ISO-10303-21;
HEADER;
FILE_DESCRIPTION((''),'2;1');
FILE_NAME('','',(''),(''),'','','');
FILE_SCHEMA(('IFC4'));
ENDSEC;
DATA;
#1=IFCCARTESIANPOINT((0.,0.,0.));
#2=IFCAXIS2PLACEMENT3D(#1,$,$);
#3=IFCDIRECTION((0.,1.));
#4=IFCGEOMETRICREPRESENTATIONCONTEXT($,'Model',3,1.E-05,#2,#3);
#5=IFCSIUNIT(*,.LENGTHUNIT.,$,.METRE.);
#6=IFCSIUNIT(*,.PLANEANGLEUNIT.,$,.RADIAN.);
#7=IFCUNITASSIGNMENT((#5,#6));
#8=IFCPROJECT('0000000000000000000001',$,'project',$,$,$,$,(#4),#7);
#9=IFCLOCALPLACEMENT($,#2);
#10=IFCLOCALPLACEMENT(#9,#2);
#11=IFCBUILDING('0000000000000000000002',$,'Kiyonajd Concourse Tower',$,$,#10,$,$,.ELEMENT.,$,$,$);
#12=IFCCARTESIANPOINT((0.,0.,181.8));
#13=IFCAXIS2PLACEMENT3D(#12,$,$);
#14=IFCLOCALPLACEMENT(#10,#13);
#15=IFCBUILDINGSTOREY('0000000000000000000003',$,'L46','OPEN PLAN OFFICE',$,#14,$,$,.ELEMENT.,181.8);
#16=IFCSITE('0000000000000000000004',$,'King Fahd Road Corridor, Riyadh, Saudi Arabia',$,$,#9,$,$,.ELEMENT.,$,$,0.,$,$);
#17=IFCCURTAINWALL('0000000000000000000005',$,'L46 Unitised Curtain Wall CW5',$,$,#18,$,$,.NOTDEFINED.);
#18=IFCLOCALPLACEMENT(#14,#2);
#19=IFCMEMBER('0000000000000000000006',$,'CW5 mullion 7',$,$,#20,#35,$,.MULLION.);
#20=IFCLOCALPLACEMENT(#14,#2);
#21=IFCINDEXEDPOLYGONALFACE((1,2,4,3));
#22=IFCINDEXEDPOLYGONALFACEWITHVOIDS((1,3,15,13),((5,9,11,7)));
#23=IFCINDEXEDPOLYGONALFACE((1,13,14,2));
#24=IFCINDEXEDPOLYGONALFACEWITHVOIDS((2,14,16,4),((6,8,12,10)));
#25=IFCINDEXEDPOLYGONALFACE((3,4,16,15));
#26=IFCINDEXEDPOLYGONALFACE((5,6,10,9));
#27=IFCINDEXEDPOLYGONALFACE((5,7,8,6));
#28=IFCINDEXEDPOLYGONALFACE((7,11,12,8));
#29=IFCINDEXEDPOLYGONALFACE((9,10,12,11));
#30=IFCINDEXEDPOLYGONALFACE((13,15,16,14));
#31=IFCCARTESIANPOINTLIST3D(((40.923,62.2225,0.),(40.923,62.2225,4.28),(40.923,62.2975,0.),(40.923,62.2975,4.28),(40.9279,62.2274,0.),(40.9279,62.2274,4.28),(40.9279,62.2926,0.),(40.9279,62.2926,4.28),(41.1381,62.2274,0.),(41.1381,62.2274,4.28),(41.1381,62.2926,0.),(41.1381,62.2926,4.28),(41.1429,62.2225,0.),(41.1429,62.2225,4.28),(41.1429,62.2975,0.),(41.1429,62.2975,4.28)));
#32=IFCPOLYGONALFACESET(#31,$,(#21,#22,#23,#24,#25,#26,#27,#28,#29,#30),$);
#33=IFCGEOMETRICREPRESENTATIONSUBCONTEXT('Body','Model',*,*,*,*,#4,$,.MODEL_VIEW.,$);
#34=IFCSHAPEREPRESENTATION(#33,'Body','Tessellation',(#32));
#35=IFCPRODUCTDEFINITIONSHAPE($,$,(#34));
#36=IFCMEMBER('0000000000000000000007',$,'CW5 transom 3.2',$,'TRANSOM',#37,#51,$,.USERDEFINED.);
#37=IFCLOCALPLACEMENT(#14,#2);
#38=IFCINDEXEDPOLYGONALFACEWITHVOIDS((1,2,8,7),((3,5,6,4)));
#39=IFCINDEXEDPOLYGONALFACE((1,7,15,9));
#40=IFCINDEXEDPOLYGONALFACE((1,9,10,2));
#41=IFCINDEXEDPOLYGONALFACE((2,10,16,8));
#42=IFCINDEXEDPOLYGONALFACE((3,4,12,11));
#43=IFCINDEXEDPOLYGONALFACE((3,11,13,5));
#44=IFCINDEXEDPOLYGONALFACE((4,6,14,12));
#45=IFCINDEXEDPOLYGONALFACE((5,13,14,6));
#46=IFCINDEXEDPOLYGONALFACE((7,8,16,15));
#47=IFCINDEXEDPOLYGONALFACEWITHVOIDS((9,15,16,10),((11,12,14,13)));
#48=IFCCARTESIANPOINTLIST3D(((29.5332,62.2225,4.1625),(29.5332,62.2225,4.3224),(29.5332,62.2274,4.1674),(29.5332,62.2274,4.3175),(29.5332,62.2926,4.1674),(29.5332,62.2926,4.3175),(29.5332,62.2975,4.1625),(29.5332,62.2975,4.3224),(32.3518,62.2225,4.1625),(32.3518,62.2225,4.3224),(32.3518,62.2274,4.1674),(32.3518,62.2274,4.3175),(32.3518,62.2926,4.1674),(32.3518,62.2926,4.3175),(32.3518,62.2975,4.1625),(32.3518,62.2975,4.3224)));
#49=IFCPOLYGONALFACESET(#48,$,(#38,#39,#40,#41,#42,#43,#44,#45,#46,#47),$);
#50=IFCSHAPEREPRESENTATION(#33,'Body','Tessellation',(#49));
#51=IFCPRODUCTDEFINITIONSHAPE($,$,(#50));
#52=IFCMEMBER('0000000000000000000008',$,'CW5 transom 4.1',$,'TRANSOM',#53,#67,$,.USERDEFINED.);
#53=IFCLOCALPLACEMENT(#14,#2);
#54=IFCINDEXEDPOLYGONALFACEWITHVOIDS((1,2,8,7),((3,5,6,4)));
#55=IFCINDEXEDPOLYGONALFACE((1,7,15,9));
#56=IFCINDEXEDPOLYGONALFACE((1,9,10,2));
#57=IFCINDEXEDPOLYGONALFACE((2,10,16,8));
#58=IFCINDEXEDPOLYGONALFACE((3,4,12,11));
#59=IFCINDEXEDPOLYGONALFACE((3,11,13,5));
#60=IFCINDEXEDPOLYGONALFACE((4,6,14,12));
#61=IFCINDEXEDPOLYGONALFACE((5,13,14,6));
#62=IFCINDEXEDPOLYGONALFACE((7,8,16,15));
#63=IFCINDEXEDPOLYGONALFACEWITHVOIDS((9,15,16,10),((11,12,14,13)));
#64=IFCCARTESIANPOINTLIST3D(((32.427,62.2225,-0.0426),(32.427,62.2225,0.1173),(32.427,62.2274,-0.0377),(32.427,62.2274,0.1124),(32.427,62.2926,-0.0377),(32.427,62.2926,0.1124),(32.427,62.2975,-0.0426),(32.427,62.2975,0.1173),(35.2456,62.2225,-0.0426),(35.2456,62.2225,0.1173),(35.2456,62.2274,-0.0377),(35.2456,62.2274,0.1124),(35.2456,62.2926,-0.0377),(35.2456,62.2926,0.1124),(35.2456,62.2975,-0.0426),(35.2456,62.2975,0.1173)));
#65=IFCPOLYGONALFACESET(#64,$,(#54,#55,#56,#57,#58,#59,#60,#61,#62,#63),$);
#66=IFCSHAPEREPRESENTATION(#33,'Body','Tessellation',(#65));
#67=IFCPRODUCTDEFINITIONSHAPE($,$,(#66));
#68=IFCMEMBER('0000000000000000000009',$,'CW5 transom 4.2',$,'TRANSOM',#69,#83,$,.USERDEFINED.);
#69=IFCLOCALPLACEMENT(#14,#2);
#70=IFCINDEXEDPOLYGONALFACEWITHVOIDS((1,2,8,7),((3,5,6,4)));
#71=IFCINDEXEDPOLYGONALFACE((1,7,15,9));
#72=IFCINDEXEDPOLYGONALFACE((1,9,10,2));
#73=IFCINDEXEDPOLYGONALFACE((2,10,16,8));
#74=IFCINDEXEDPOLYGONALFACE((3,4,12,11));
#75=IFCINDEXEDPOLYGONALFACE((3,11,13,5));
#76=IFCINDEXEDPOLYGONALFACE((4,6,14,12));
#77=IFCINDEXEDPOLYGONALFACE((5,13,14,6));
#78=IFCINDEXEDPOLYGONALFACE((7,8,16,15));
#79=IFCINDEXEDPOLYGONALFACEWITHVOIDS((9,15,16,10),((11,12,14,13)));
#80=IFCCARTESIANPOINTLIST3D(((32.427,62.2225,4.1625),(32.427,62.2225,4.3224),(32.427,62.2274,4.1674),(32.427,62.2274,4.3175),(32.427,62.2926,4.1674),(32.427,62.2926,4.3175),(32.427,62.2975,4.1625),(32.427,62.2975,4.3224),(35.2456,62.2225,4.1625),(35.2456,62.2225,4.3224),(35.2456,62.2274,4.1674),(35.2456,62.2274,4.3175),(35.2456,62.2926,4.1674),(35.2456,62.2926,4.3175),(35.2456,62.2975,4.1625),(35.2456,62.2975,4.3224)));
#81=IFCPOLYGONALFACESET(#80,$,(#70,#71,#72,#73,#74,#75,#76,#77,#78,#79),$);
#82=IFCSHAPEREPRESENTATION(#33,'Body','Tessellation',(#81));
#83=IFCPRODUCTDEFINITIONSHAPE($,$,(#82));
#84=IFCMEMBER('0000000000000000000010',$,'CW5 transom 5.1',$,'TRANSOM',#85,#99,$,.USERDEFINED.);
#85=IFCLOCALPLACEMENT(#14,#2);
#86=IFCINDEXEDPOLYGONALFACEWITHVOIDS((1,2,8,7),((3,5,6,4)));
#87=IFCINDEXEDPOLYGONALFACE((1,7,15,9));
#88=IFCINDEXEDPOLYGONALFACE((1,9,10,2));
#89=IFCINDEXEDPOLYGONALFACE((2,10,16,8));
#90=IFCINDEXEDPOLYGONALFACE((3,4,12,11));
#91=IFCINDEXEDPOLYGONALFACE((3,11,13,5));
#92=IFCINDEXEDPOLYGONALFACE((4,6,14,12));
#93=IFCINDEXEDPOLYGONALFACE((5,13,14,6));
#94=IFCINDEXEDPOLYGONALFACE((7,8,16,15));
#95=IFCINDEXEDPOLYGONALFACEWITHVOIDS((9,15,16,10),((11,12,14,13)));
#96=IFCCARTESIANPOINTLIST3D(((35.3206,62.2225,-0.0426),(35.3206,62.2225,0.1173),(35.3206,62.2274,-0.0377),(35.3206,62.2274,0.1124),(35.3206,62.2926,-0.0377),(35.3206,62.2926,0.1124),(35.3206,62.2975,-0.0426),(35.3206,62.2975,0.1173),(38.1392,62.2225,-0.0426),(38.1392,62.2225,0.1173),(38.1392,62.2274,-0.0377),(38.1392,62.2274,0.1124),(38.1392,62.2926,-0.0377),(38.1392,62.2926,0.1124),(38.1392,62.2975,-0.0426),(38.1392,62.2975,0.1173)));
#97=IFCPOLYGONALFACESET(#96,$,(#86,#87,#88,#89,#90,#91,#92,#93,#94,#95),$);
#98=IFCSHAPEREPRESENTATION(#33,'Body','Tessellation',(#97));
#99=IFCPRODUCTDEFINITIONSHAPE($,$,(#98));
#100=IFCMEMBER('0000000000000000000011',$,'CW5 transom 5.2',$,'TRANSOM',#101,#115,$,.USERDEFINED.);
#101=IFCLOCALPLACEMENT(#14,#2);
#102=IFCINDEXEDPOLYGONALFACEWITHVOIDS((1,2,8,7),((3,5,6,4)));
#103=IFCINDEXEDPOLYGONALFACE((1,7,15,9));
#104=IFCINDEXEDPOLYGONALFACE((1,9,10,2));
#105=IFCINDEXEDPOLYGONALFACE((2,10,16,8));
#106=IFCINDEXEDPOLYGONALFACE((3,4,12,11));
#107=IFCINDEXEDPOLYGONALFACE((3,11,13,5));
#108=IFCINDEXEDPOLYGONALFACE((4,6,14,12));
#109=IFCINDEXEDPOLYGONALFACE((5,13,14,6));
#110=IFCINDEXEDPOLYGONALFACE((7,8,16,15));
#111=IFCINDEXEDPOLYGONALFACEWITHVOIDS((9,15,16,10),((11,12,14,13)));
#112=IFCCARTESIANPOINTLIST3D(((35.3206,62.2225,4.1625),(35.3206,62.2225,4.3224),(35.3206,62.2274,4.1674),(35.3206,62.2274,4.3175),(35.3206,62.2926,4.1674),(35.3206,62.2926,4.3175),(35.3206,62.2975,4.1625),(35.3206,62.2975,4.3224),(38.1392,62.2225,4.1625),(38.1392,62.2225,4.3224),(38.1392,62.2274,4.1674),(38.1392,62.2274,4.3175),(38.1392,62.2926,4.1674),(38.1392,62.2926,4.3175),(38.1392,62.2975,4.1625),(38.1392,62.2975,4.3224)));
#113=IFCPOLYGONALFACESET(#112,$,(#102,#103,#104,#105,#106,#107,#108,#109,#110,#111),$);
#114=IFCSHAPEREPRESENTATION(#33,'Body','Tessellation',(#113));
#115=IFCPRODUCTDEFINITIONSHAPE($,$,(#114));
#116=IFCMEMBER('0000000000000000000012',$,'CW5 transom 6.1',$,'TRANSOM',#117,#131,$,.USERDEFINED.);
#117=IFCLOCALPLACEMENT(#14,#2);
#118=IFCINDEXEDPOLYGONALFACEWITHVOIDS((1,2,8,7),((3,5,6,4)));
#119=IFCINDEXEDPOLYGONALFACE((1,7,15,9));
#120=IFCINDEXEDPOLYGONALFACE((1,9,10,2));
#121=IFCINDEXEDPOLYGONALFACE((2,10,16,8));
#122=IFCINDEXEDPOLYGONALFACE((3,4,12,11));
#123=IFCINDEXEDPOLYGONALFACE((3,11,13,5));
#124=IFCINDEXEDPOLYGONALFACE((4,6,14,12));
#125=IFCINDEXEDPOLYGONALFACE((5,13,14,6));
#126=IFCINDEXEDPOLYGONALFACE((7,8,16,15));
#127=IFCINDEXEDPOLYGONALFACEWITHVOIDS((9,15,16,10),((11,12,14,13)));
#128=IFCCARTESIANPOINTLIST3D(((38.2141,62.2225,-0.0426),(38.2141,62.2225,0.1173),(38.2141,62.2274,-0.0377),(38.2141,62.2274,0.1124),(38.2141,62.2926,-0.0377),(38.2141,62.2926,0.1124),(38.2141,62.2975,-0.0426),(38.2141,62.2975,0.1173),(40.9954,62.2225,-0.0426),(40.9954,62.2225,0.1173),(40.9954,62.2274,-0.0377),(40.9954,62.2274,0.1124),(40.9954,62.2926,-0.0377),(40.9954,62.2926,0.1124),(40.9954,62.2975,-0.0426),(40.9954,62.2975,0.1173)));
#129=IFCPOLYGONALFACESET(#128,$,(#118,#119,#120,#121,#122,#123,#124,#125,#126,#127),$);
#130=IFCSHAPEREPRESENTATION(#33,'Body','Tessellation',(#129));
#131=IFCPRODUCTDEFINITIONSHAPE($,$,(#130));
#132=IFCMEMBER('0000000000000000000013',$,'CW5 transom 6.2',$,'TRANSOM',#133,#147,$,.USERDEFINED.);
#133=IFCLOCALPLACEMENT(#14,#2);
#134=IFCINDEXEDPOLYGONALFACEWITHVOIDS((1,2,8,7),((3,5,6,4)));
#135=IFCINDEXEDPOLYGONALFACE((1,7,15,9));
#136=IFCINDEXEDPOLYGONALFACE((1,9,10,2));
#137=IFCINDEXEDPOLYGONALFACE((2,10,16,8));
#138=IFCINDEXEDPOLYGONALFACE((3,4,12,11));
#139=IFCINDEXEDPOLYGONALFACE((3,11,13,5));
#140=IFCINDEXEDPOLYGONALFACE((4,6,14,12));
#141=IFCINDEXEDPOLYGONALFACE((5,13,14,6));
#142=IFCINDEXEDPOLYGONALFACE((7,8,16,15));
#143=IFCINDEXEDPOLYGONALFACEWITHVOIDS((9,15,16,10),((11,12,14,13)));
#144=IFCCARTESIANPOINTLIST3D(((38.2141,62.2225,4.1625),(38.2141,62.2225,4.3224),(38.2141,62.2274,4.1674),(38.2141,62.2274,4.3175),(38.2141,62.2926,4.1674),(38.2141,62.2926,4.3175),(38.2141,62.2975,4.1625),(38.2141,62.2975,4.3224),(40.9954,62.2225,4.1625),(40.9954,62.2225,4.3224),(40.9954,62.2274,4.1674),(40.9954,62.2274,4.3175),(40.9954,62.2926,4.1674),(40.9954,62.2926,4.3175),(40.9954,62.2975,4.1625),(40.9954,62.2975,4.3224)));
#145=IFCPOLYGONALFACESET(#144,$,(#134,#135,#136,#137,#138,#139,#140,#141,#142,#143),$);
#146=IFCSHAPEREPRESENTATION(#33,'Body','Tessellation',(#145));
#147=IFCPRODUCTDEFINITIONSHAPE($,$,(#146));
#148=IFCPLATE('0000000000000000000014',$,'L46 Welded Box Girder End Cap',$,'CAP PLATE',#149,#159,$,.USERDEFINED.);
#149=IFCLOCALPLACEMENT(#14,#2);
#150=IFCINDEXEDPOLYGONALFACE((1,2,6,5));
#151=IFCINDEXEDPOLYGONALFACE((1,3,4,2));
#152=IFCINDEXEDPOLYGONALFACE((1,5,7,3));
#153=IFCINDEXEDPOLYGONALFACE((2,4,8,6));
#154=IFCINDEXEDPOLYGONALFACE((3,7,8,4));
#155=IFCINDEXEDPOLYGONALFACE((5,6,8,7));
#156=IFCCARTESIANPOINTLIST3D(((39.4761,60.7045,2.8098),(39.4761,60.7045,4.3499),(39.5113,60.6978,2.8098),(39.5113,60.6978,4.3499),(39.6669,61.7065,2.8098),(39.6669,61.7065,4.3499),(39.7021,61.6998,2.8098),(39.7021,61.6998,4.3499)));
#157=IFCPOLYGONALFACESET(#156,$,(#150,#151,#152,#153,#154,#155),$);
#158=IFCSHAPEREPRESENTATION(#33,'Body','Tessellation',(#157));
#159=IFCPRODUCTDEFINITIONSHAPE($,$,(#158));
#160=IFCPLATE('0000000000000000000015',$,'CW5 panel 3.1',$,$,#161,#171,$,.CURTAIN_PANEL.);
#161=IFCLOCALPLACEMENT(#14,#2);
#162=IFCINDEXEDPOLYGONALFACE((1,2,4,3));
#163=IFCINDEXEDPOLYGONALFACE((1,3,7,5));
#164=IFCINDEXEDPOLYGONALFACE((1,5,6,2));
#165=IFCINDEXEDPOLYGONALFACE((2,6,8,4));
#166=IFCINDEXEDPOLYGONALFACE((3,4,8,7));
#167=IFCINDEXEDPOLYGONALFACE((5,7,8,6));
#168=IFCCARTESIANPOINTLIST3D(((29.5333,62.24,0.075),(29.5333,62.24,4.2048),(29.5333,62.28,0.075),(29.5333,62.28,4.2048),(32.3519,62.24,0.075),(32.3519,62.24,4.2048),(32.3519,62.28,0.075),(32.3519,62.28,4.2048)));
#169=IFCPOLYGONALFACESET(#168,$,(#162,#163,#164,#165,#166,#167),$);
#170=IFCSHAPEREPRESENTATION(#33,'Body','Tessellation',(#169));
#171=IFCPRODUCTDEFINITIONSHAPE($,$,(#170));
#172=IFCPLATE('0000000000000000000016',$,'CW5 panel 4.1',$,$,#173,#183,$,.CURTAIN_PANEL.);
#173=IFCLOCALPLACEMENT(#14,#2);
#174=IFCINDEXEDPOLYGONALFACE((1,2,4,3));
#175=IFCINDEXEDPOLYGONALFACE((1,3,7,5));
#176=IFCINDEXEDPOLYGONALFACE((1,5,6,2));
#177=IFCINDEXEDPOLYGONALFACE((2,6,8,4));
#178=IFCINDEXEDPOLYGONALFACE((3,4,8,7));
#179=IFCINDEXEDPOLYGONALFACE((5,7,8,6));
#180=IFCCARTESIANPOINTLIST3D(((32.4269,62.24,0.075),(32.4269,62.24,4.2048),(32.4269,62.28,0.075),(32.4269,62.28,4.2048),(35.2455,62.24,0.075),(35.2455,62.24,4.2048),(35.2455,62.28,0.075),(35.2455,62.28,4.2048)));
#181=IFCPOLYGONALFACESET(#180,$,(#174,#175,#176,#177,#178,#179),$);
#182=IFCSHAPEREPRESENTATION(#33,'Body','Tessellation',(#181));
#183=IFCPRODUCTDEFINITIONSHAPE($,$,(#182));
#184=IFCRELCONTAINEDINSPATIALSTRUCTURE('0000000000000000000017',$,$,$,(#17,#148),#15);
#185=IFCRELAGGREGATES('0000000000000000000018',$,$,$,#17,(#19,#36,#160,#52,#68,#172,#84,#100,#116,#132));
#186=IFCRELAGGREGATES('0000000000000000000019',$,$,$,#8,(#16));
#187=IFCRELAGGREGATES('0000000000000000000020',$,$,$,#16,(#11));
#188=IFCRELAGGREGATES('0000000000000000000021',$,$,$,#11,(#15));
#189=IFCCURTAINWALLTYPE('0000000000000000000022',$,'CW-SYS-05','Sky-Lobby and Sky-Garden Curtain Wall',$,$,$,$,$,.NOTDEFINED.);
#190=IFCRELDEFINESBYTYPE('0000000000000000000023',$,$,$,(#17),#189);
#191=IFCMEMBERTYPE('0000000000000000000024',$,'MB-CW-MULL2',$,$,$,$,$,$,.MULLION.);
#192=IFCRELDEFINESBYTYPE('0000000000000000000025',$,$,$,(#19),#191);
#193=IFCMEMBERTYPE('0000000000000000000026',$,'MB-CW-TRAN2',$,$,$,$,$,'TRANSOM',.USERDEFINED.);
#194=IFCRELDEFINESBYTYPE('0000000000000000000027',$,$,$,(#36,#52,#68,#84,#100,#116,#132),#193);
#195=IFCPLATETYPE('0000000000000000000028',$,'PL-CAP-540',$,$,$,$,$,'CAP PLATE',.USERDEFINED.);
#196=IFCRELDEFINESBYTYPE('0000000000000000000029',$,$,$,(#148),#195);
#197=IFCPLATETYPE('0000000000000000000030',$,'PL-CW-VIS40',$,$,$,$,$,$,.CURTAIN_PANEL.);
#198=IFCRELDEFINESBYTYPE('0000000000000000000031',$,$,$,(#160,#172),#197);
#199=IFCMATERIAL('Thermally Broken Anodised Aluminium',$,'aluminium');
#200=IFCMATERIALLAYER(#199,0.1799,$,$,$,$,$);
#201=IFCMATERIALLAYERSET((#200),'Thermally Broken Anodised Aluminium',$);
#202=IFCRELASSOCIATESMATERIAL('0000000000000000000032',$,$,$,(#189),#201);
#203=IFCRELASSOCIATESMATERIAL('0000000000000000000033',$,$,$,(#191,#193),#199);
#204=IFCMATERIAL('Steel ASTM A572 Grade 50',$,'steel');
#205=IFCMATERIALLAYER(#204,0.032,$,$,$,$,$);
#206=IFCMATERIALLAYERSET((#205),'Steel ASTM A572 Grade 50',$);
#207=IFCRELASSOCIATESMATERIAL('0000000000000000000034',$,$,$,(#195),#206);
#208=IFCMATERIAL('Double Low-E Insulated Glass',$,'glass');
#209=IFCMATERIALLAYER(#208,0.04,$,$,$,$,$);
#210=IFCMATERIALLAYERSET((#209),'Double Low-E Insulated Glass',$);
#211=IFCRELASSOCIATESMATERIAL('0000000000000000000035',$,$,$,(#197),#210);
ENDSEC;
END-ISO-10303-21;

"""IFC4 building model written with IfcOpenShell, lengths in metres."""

from ifc_helpers import new_model, si_unit, direction, frame, origin, origin_2d, place, context, subcontext, project, spatial, rectangle, hollow_rectangle, extrude, material, layer, layer_set, material_profile, profile_set, type_object, element, aggregate, save


model = new_model("IFC4")

# Units and contexts
model_context = context("Model", 3, precision=1e-05, world=origin(), true_north=direction((0.0, 1.0)))
body_context = subcontext(model_context, "Body", "Model", "MODEL_VIEW")
ifc_project = project(units=[si_unit("LENGTHUNIT", "METRE"), si_unit("PLANEANGLEUNIT", "RADIAN")], contexts=[model_context])

# Site, building, storey
site_placement = place(None, origin())
site = spatial("IfcSite", under=ifc_project, at=site_placement, Name="King Fahd Road Corridor, Riyadh, Saudi Arabia", CompositionType="ELEMENT", RefElevation=0.0)
building_placement = place(site_placement, origin())
building = spatial("IfcBuilding", under=site, at=building_placement, Name="Kiyonajd Concourse Tower", CompositionType="ELEMENT")
storey_placement = place(building_placement, frame((0.0, 0.0, 181.8)))
storey = spatial("IfcBuildingStorey", under=building, at=storey_placement, Name="L46", Description="OPEN PLAN OFFICE", CompositionType="ELEMENT", Elevation=181.8)

# Curtain wall, members
ifc_material_1 = material(Name="Thermally Broken Anodised Aluminium", Category="aluminium")
ifc_layer_1 = layer(ifc_material_1, 0.1799)
ifc_layer_set_1 = layer_set([ifc_layer_1], Name="Thermally Broken Anodised Aluminium")
curtain_wall_type = type_object("IfcCurtainWallType", Name="CW-SYS-05", Description="Sky-Lobby and Sky-Garden Curtain Wall", PredefinedType="NOTDEFINED", material=ifc_layer_set_1)
curtain_wall_placement = place(storey_placement, origin())
curtain_wall = element("IfcCurtainWall", 1, at=curtain_wall_placement, inside=storey, type_object=curtain_wall_type, Name="L46 Unitised Curtain Wall CW5", PredefinedType="NOTDEFINED")
ifc_material_profile_1 = material_profile(ifc_material_1, hollow_rectangle(XDim=0.075, YDim=0.22, WallThickness=0.0049, at=origin_2d()), Name="MULL-75x220")
ifc_profile_set_1 = profile_set([ifc_material_profile_1], Name="Thermally Broken Anodised Aluminium")
member_type_1 = type_object("IfcMemberType", Name="MB-CW-MULL2", PredefinedType="MULLION", material=ifc_profile_set_1)
member_1_placement = place(storey_placement, frame((41.033, 62.26, 0.0), z_axis=(0.0, 0.0, 1.0), x_axis=(0.0, 1.0, 0.0)))
member_1 = element("IfcMember", 2, at=member_1_placement, type_object=member_type_1, Name="CW5 mullion 7", PredefinedType="MULLION", context=body_context, shape_type="SweptSolid", body=[
    extrude(hollow_rectangle(XDim=0.075, YDim=0.22, WallThickness=0.0049, at=origin_2d()), origin(), (0.0, 0.0, 1.0), 4.28),
])
ifc_material_profile_2 = material_profile(ifc_material_1, hollow_rectangle(XDim=0.075, YDim=0.1599, WallThickness=0.0049, at=origin_2d()), Name="TRAN-75x160")
ifc_profile_set_2 = profile_set([ifc_material_profile_2], Name="Thermally Broken Anodised Aluminium")
member_type_2 = type_object("IfcMemberType", Name="MB-CW-TRAN2", ElementType="TRANSOM", PredefinedType="USERDEFINED", material=ifc_profile_set_2)
member_2_placement = place(storey_placement, frame((29.5332, 62.26, 4.2424), z_axis=(1.0, 0.0, 0.0), x_axis=(0.0, 1.0, 0.0)))
member_2 = element("IfcMember", 3, at=member_2_placement, type_object=member_type_2, Name="CW5 transom 3.2", ObjectType="TRANSOM", PredefinedType="USERDEFINED", context=body_context, shape_type="SweptSolid", body=[
    extrude(hollow_rectangle(XDim=0.075, YDim=0.1599, WallThickness=0.0049, at=origin_2d()), origin(), (0.0, 0.0, 1.0), 2.8186),
])
member_3_placement = place(storey_placement, frame((32.427, 62.26, 0.0374), z_axis=(1.0, 0.0, 0.0), x_axis=(0.0, 1.0, 0.0)))
member_3 = element("IfcMember", 4, at=member_3_placement, type_object=member_type_2, Name="CW5 transom 4.1", ObjectType="TRANSOM", PredefinedType="USERDEFINED", context=body_context, shape_type="SweptSolid", body=[
    extrude(hollow_rectangle(XDim=0.075, YDim=0.1599, WallThickness=0.0049, at=origin_2d()), origin(), (0.0, 0.0, 1.0), 2.8186),
])
member_4_placement = place(storey_placement, frame((32.427, 62.26, 4.2424), z_axis=(1.0, 0.0, 0.0), x_axis=(0.0, 1.0, 0.0)))
member_4 = element("IfcMember", 5, at=member_4_placement, type_object=member_type_2, Name="CW5 transom 4.2", ObjectType="TRANSOM", PredefinedType="USERDEFINED", context=body_context, shape_type="SweptSolid", body=[
    extrude(hollow_rectangle(XDim=0.075, YDim=0.1599, WallThickness=0.0049, at=origin_2d()), origin(), (0.0, 0.0, 1.0), 2.8186),
])
member_5_placement = place(storey_placement, frame((35.3206, 62.26, 0.0374), z_axis=(1.0, 0.0, 0.0), x_axis=(0.0, 1.0, 0.0)))
member_5 = element("IfcMember", 6, at=member_5_placement, type_object=member_type_2, Name="CW5 transom 5.1", ObjectType="TRANSOM", PredefinedType="USERDEFINED", context=body_context, shape_type="SweptSolid", body=[
    extrude(hollow_rectangle(XDim=0.075, YDim=0.1599, WallThickness=0.0049, at=origin_2d()), origin(), (0.0, 0.0, 1.0), 2.8186),
])
member_6_placement = place(storey_placement, frame((35.3206, 62.26, 4.2424), z_axis=(1.0, 0.0, 0.0), x_axis=(0.0, 1.0, 0.0)))
member_6 = element("IfcMember", 7, at=member_6_placement, type_object=member_type_2, Name="CW5 transom 5.2", ObjectType="TRANSOM", PredefinedType="USERDEFINED", context=body_context, shape_type="SweptSolid", body=[
    extrude(hollow_rectangle(XDim=0.075, YDim=0.1599, WallThickness=0.0049, at=origin_2d()), origin(), (0.0, 0.0, 1.0), 2.8186),
])
member_7_placement = place(storey_placement, frame((38.2141, 62.26, 0.0374), z_axis=(1.0, 0.0, 0.0), x_axis=(0.0, 1.0, 0.0)))
member_7 = element("IfcMember", 8, at=member_7_placement, type_object=member_type_2, Name="CW5 transom 6.1", ObjectType="TRANSOM", PredefinedType="USERDEFINED", context=body_context, shape_type="SweptSolid", body=[
    extrude(hollow_rectangle(XDim=0.075, YDim=0.1599, WallThickness=0.0049, at=origin_2d()), origin(), (0.0, 0.0, 1.0), 2.7812),
])
member_8_placement = place(storey_placement, frame((38.2141, 62.26, 4.2424), z_axis=(1.0, 0.0, 0.0), x_axis=(0.0, 1.0, 0.0)))
member_8 = element("IfcMember", 9, at=member_8_placement, type_object=member_type_2, Name="CW5 transom 6.2", ObjectType="TRANSOM", PredefinedType="USERDEFINED", context=body_context, shape_type="SweptSolid", body=[
    extrude(hollow_rectangle(XDim=0.075, YDim=0.1599, WallThickness=0.0049, at=origin_2d()), origin(), (0.0, 0.0, 1.0), 2.7812),
])

# Plates
ifc_material_2 = material(Name="Steel ASTM A572 Grade 50", Category="steel")
ifc_layer_2 = layer(ifc_material_2, 0.032)
ifc_layer_set_2 = layer_set([ifc_layer_2], Name="Steel ASTM A572 Grade 50")
plate_type_1 = type_object("IfcPlateType", Name="PL-CAP-540", ElementType="CAP PLATE", PredefinedType="USERDEFINED", material=ifc_layer_set_2)
plate_1_placement = place(storey_placement, frame((39.5891, 61.2021, 2.8098), z_axis=(0.0, 0.0, 1.0), x_axis=(-0.982353, 0.187038, 0.0)))
element("IfcPlate", 10, at=plate_1_placement, inside=storey, type_object=plate_type_1, Name="L46 Welded Box Girder End Cap", ObjectType="CAP PLATE", PredefinedType="USERDEFINED", context=body_context, shape_type="SweptSolid", body=[
    extrude(rectangle(XDim=0.0359, YDim=1.02, at=origin_2d()), origin(), (0.0, 0.0, 1.0), 1.54),
])
ifc_material_3 = material(Name="Double Low-E Insulated Glass", Category="glass")
ifc_layer_3 = layer(ifc_material_3, 0.04)
ifc_layer_set_3 = layer_set([ifc_layer_3], Name="Double Low-E Insulated Glass")
plate_type_2 = type_object("IfcPlateType", Name="PL-CW-VIS40", PredefinedType="CURTAIN_PANEL", material=ifc_layer_set_3)
plate_2_placement = place(storey_placement, frame((30.9426, 62.26, 0.075), z_axis=(0.0, 0.0, 1.0), x_axis=(1.0, 0.0, 0.0)))
plate_2 = element("IfcPlate", 11, at=plate_2_placement, type_object=plate_type_2, Name="CW5 panel 3.1", PredefinedType="CURTAIN_PANEL", context=body_context, shape_type="SweptSolid", body=[
    extrude(rectangle(XDim=2.8186, YDim=0.04, at=origin_2d()), origin(), (0.0, 0.0, 1.0), 4.1299),
])
plate_3_placement = place(storey_placement, frame((33.8362, 62.26, 0.075), z_axis=(0.0, 0.0, 1.0), x_axis=(1.0, 0.0, 0.0)))
plate_3 = element("IfcPlate", 12, at=plate_3_placement, type_object=plate_type_2, Name="CW5 panel 4.1", PredefinedType="CURTAIN_PANEL", context=body_context, shape_type="SweptSolid", body=[
    extrude(rectangle(XDim=2.8186, YDim=0.04, at=origin_2d()), origin(), (0.0, 0.0, 1.0), 4.1299),
])
aggregate(curtain_wall, [member_1, member_2, plate_2, member_3, member_4, plate_3, member_5, member_6, member_7, member_8])

save(model, "model.ifc")
